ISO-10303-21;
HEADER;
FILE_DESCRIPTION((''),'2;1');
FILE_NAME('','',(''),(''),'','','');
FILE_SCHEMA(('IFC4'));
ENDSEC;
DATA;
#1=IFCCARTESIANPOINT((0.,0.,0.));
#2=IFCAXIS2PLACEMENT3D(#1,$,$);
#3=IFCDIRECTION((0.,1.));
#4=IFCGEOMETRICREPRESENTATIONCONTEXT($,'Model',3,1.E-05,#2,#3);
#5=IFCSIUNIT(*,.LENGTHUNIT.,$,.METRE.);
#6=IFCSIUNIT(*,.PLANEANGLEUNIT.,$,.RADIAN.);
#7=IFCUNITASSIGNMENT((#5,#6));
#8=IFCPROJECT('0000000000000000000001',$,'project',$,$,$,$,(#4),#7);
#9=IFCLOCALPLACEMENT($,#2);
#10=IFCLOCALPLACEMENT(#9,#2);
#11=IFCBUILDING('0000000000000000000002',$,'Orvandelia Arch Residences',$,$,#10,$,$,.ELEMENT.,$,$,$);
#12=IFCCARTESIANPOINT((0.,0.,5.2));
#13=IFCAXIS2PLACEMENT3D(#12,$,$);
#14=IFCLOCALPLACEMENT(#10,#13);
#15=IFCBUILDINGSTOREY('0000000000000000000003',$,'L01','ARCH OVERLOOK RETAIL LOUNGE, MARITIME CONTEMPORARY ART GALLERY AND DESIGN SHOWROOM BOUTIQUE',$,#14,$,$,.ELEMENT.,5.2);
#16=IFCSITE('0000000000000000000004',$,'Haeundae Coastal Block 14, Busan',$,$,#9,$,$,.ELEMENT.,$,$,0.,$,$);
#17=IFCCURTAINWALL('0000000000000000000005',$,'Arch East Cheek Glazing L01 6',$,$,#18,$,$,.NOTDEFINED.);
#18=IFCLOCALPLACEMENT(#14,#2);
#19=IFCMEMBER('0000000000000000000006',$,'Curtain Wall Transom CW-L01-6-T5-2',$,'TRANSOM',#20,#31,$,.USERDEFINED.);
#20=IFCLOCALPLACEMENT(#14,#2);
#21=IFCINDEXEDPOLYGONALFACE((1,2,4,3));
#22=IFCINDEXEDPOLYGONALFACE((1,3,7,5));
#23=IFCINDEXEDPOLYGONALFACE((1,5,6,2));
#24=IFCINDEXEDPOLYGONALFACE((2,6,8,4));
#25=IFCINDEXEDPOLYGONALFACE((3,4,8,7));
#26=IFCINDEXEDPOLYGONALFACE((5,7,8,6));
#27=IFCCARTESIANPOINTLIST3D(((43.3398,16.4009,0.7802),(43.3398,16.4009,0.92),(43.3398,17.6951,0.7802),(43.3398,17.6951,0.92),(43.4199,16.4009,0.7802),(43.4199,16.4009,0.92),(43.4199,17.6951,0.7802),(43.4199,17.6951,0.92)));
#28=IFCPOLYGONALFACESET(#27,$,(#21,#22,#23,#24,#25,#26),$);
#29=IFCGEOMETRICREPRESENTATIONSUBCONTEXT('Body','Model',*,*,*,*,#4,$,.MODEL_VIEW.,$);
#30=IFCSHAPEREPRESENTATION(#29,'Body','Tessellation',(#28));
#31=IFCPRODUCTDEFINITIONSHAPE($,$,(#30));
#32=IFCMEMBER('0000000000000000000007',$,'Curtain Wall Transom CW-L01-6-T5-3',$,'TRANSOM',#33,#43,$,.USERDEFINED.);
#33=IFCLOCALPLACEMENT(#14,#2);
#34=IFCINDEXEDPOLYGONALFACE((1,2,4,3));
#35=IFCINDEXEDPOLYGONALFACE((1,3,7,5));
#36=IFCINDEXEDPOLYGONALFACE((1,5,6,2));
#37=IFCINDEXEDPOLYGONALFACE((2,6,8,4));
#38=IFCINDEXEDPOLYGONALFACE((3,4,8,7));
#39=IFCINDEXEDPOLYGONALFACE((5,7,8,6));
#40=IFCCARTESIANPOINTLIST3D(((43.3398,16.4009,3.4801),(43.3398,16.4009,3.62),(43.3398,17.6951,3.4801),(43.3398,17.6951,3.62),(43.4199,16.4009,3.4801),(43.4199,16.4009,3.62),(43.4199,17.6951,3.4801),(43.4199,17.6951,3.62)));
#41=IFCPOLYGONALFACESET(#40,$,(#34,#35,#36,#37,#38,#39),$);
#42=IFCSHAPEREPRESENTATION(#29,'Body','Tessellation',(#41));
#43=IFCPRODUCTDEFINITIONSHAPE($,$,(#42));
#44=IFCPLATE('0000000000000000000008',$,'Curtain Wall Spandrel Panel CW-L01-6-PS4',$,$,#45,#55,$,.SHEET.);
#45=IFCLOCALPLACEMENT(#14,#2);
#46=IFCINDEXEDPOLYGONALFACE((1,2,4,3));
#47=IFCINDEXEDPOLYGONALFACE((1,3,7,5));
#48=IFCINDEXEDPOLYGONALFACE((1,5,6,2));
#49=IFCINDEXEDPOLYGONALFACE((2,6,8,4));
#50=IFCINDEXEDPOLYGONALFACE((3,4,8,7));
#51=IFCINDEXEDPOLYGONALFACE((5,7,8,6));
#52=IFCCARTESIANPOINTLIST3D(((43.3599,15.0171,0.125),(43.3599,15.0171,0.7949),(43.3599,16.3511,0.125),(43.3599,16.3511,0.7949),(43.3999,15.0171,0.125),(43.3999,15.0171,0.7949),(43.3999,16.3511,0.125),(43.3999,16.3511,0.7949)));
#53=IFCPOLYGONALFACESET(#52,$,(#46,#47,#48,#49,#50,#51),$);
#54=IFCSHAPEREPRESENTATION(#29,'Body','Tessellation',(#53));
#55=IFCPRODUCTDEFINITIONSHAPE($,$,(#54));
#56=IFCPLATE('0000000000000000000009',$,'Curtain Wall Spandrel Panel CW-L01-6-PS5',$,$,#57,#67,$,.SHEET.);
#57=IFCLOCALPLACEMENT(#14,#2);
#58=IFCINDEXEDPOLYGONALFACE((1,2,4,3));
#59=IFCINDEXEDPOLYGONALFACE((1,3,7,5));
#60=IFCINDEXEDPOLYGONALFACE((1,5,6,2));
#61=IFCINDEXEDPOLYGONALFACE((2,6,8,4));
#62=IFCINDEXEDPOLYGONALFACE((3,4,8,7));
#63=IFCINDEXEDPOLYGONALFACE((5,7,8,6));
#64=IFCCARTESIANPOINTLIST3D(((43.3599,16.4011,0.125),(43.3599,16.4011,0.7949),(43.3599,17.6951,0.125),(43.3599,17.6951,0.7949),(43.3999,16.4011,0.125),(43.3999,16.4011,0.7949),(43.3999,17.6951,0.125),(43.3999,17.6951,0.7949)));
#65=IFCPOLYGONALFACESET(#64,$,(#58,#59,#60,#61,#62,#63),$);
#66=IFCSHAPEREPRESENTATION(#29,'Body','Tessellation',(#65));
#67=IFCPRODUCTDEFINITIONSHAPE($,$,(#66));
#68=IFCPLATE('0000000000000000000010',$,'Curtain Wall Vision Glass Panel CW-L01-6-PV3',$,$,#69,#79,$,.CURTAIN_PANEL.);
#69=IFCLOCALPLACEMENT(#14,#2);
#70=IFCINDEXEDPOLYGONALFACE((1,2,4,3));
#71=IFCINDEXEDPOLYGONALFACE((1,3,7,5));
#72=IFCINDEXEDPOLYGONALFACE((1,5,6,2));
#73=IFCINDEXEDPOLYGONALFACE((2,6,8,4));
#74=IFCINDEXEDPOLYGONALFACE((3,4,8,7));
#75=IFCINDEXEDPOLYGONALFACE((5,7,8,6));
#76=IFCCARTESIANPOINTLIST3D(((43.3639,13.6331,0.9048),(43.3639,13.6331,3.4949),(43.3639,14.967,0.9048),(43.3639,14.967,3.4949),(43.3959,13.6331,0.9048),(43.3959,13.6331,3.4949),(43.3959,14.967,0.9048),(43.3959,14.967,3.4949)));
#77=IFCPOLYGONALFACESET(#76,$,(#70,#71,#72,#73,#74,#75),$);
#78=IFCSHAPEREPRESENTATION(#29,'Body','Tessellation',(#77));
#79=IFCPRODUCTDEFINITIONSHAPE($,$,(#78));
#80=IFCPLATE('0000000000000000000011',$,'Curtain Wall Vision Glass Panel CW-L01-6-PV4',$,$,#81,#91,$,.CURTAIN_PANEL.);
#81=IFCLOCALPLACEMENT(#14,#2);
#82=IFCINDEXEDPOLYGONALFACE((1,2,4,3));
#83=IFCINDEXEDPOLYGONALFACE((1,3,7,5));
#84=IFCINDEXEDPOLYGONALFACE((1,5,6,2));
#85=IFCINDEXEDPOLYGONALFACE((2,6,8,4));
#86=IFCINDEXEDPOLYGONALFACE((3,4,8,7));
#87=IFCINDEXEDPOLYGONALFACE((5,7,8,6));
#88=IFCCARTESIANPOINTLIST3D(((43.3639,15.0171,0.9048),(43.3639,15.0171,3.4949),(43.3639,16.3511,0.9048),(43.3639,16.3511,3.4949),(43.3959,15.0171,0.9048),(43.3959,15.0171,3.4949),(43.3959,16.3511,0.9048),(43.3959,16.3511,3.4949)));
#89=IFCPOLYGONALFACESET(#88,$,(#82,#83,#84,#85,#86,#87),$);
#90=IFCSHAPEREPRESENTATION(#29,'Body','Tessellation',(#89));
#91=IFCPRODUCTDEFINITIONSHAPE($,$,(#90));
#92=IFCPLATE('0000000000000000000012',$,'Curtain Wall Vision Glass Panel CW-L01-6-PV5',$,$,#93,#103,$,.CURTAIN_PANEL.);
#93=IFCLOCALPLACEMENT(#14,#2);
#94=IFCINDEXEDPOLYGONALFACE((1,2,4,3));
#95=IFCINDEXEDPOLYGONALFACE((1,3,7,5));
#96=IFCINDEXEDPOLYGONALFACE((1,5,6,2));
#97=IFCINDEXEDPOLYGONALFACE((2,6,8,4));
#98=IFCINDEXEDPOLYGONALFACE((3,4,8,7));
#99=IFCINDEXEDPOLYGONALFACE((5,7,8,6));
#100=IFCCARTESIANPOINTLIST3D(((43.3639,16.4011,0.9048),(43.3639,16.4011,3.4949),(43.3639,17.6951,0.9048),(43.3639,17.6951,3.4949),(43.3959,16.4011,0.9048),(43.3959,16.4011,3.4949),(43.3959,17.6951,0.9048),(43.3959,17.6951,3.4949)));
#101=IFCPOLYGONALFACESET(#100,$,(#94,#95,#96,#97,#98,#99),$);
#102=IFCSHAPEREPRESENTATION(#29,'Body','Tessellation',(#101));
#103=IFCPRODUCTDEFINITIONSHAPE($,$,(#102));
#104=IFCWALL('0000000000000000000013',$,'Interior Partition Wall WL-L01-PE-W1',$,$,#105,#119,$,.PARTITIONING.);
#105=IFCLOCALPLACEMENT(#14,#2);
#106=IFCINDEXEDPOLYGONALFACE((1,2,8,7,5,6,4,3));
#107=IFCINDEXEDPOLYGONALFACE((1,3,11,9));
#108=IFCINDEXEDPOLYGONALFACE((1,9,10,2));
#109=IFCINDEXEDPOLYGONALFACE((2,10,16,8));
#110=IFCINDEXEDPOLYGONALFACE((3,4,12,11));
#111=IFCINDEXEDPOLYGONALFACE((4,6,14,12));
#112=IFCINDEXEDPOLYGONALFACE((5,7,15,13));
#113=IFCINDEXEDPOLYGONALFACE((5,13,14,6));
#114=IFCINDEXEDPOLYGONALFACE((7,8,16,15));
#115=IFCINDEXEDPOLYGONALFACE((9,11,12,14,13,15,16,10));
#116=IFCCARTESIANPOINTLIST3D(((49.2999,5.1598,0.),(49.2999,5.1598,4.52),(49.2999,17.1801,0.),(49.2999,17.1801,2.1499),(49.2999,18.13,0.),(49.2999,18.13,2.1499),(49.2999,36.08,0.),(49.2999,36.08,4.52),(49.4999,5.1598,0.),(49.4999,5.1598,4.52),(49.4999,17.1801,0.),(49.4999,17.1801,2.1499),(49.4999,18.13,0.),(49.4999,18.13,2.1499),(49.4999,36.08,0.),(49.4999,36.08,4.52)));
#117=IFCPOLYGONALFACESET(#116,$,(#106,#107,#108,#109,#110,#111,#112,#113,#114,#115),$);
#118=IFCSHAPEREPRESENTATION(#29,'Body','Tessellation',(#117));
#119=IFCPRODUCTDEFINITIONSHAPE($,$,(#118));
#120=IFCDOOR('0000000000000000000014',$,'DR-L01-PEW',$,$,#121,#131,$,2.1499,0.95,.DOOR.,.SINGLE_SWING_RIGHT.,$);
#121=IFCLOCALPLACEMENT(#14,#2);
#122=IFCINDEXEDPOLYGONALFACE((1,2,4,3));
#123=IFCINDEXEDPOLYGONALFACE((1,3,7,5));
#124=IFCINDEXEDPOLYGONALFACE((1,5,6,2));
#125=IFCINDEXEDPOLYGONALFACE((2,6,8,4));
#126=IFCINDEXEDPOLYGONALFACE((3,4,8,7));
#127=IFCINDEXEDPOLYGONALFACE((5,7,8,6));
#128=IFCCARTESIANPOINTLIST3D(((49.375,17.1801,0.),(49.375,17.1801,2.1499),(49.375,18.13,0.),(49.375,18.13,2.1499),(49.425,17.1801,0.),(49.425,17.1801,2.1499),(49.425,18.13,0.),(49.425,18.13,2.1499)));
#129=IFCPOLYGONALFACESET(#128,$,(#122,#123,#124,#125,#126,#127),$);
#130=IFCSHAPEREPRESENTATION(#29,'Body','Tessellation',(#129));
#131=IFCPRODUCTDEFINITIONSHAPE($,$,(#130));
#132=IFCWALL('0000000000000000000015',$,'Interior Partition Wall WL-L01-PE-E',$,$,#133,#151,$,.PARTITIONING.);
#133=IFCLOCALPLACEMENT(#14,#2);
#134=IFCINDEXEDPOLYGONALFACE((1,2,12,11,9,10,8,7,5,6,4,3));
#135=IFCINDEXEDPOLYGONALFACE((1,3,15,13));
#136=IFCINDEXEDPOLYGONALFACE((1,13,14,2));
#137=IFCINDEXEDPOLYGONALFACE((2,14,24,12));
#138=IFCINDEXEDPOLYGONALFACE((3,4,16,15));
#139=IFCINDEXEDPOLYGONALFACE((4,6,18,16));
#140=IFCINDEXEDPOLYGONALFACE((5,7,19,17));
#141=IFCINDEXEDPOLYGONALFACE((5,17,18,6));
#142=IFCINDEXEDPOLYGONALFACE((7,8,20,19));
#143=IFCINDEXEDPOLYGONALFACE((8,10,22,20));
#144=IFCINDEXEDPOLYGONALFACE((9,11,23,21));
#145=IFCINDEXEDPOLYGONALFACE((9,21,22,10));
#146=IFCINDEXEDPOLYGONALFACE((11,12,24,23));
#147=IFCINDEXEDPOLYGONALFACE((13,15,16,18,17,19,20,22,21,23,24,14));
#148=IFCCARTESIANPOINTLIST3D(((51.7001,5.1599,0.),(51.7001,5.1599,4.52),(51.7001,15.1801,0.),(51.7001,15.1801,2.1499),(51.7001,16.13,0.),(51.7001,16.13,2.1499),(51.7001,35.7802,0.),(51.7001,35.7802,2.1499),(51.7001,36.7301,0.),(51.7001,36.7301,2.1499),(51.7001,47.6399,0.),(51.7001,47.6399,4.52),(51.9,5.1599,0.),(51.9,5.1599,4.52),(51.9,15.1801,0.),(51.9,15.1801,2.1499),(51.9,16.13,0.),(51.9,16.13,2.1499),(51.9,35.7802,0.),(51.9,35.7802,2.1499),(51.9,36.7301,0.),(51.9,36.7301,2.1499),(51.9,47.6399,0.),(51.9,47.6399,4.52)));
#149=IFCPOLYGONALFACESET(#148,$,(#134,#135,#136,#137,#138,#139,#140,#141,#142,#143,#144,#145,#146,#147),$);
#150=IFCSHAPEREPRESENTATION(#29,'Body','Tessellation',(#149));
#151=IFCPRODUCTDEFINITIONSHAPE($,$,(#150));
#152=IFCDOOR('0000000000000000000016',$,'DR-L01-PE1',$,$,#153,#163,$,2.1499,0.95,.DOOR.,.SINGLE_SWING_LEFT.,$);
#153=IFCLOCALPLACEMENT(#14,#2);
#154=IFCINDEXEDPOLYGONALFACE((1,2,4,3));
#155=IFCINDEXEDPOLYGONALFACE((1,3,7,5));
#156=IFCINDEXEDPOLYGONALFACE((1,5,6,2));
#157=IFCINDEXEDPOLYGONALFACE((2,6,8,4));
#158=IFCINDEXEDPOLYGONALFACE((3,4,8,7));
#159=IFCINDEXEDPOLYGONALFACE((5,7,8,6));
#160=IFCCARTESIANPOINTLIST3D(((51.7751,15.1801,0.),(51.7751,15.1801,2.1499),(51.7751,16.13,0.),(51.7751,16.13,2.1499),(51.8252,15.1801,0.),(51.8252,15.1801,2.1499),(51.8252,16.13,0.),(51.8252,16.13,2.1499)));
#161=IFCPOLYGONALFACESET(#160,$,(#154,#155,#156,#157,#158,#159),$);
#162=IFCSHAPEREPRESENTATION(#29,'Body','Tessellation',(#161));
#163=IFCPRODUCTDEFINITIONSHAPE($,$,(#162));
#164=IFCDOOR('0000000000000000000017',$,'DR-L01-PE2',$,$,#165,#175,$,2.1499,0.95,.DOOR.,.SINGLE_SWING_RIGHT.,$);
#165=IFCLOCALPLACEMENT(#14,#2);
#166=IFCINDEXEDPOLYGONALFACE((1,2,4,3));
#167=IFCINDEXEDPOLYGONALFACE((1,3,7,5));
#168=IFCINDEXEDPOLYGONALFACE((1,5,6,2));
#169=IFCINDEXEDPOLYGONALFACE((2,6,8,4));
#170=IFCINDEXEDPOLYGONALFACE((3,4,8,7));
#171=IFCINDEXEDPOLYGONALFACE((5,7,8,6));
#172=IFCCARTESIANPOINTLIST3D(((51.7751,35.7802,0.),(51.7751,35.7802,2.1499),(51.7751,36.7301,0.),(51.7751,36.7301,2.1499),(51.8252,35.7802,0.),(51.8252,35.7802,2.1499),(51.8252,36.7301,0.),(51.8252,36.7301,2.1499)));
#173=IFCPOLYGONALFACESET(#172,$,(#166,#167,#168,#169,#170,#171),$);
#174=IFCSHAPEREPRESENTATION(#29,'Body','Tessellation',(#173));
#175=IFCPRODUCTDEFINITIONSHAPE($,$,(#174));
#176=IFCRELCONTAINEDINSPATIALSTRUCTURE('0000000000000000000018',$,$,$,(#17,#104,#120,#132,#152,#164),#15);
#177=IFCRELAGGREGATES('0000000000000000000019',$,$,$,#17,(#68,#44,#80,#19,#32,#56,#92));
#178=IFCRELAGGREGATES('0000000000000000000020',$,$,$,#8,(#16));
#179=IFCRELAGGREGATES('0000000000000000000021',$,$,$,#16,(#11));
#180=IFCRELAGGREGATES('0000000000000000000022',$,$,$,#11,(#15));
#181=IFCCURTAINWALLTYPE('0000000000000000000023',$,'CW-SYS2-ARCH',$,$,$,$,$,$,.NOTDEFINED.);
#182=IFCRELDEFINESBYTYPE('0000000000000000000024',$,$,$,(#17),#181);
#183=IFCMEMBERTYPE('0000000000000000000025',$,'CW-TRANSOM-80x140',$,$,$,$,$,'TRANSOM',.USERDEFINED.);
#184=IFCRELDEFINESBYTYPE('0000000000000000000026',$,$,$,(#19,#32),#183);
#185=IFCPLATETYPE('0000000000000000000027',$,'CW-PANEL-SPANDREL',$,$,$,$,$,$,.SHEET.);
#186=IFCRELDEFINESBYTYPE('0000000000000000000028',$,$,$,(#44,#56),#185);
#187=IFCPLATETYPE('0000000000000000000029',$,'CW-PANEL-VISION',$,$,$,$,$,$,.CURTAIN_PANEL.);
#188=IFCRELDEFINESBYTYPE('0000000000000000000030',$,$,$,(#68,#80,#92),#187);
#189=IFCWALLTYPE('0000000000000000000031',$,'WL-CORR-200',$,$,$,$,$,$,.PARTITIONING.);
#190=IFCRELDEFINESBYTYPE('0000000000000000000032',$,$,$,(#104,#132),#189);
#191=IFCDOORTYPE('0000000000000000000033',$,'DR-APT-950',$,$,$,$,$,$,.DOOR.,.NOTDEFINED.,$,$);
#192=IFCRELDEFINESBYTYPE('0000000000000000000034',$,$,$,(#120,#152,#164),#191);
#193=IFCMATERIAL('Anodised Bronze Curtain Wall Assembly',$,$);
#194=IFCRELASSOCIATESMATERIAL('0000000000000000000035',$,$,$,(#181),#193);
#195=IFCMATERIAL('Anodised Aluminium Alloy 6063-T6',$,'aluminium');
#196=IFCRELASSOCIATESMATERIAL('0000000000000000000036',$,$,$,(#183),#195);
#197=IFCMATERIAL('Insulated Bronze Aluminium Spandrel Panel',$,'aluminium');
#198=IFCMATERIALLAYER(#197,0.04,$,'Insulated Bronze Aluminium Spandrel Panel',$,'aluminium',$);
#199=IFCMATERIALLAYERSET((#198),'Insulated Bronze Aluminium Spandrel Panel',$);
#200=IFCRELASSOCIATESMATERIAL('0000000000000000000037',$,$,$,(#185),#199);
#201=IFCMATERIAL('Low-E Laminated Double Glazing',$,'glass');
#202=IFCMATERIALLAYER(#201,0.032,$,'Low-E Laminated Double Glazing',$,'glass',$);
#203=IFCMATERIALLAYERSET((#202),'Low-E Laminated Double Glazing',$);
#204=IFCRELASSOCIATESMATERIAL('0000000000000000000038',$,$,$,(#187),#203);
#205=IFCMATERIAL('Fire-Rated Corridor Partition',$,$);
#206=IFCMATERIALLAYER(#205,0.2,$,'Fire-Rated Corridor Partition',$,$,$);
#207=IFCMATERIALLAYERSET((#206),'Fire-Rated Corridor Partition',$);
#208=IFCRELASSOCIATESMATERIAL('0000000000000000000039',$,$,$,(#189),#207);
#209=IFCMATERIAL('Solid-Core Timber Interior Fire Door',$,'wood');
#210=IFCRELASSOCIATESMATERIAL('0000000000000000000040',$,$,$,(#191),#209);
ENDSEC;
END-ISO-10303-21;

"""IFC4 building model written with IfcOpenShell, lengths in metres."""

from ifc_helpers import new_model, si_unit, direction, frame, frame_2d, origin, origin_2d, place, context, subcontext, project, spatial, rectangle, extrude, material, layer, layer_set, material_profile, profile_set, type_object, element, fill, aggregate, save


model = new_model("IFC4")

# Units and contexts
model_context = context("Model", 3, precision=1e-05, world=origin(), true_north=direction((0.0, 1.0)))
body_context = subcontext(model_context, "Body", "Model", "MODEL_VIEW")
ifc_project = project(units=[si_unit("LENGTHUNIT", "METRE"), si_unit("PLANEANGLEUNIT", "RADIAN")], contexts=[model_context])

# Site, building, storey
site_placement = place(None, origin())
site = spatial("IfcSite", under=ifc_project, at=site_placement, Name="Haeundae Coastal Block 14, Busan", CompositionType="ELEMENT", RefElevation=0.0)
building_placement = place(site_placement, origin())
building = spatial("IfcBuilding", under=site, at=building_placement, Name="Orvandelia Arch Residences", CompositionType="ELEMENT")
storey_placement = place(building_placement, frame((0.0, 0.0, 5.2)))
storey = spatial("IfcBuildingStorey", under=building, at=storey_placement, Name="L01", Description="ARCH OVERLOOK RETAIL LOUNGE, MARITIME CONTEMPORARY ART GALLERY AND DESIGN SHOWROOM BOUTIQUE", CompositionType="ELEMENT", Elevation=5.2)

# Curtain wall, members, plates
ifc_material_1 = material(Name="Anodised Bronze Curtain Wall Assembly")
curtain_wall_type = type_object("IfcCurtainWallType", Name="CW-SYS2-ARCH", PredefinedType="NOTDEFINED", material=ifc_material_1)
curtain_wall_placement = place(storey_placement, origin())
curtain_wall = element("IfcCurtainWall", 1, at=curtain_wall_placement, inside=storey, type_object=curtain_wall_type, Name="Arch East Cheek Glazing L01 6", PredefinedType="NOTDEFINED")
ifc_material_2 = material(Name="Anodised Aluminium Alloy 6063-T6", Category="aluminium")
ifc_material_profile_1 = material_profile(ifc_material_2, rectangle(XDim=0.0801, YDim=0.1399, at=origin_2d()), Name="Anodised Aluminium Alloy 6063-T6", Category="aluminium")
ifc_profile_set_1 = profile_set([ifc_material_profile_1], Name="Anodised Aluminium Alloy 6063-T6")
member_type_1 = type_object("IfcMemberType", Name="CW-TRANSOM-80x140", ElementType="TRANSOM", PredefinedType="USERDEFINED", material=ifc_profile_set_1)
member_1_placement = place(storey_placement, frame((43.3799, 16.4009, 0.8501), z_axis=(0.0, 1.0, 0.0), x_axis=(-1.0, 0.0, 0.0)))
member_1 = element("IfcMember", 2, at=member_1_placement, type_object=member_type_1, Name="Curtain Wall Transom CW-L01-6-T5-2", ObjectType="TRANSOM", PredefinedType="USERDEFINED", context=body_context, shape_type="SweptSolid", body=[
    extrude(rectangle(XDim=0.0801, YDim=0.1399, at=origin_2d()), origin(), (0.0, 0.0, 1.0), 1.2942),
])
member_2_placement = place(storey_placement, frame((43.3799, 16.4009, 3.55), z_axis=(0.0, 1.0, 0.0), x_axis=(-1.0, 0.0, 0.0)))
member_2 = element("IfcMember", 3, at=member_2_placement, type_object=member_type_1, Name="Curtain Wall Transom CW-L01-6-T5-3", ObjectType="TRANSOM", PredefinedType="USERDEFINED", context=body_context, shape_type="SweptSolid", body=[
    extrude(rectangle(XDim=0.0801, YDim=0.1399, at=origin_2d()), origin(), (0.0, 0.0, 1.0), 1.2942),
])
ifc_material_3 = material(Name="Insulated Bronze Aluminium Spandrel Panel", Category="aluminium")
ifc_layer_1 = layer(ifc_material_3, 0.04, Name="Insulated Bronze Aluminium Spandrel Panel", Category="aluminium")
ifc_layer_set_1 = layer_set([ifc_layer_1], Name="Insulated Bronze Aluminium Spandrel Panel")
plate_type_1 = type_object("IfcPlateType", Name="CW-PANEL-SPANDREL", PredefinedType="SHEET", material=ifc_layer_set_1)
plate_1_placement = place(storey_placement, frame((43.3799, 15.6841, 0.125), z_axis=(0.0, 0.0, 1.0), x_axis=(0.0, 1.0, 0.0)))
plate_1 = element("IfcPlate", 4, at=plate_1_placement, type_object=plate_type_1, Name="Curtain Wall Spandrel Panel CW-L01-6-PS4", PredefinedType="SHEET", context=body_context, shape_type="SweptSolid", body=[
    extrude(rectangle(XDim=1.334, YDim=0.04, at=origin_2d()), origin(), (0.0, 0.0, 1.0), 0.6699),
])
plate_2_placement = place(storey_placement, frame((43.3799, 17.0481, 0.125), z_axis=(0.0, 0.0, 1.0), x_axis=(0.0, 1.0, 0.0)))
plate_2 = element("IfcPlate", 5, at=plate_2_placement, type_object=plate_type_1, Name="Curtain Wall Spandrel Panel CW-L01-6-PS5", PredefinedType="SHEET", context=body_context, shape_type="SweptSolid", body=[
    extrude(rectangle(XDim=1.2939, YDim=0.04, at=origin_2d()), origin(), (0.0, 0.0, 1.0), 0.6699),
])
ifc_material_4 = material(Name="Low-E Laminated Double Glazing", Category="glass")
ifc_layer_2 = layer(ifc_material_4, 0.032, Name="Low-E Laminated Double Glazing", Category="glass")
ifc_layer_set_2 = layer_set([ifc_layer_2], Name="Low-E Laminated Double Glazing")
plate_type_2 = type_object("IfcPlateType", Name="CW-PANEL-VISION", PredefinedType="CURTAIN_PANEL", material=ifc_layer_set_2)
plate_3_placement = place(storey_placement, frame((43.3799, 14.3, 0.9048), z_axis=(0.0, 0.0, 1.0), x_axis=(0.0, 1.0, 0.0)))
plate_3 = element("IfcPlate", 6, at=plate_3_placement, type_object=plate_type_2, Name="Curtain Wall Vision Glass Panel CW-L01-6-PV3", PredefinedType="CURTAIN_PANEL", context=body_context, shape_type="SweptSolid", body=[
    extrude(rectangle(XDim=1.334, YDim=0.032, at=origin_2d()), origin(), (0.0, 0.0, 1.0), 2.5901),
])
plate_4_placement = place(storey_placement, frame((43.3799, 15.6841, 0.9048), z_axis=(0.0, 0.0, 1.0), x_axis=(0.0, 1.0, 0.0)))
plate_4 = element("IfcPlate", 7, at=plate_4_placement, type_object=plate_type_2, Name="Curtain Wall Vision Glass Panel CW-L01-6-PV4", PredefinedType="CURTAIN_PANEL", context=body_context, shape_type="SweptSolid", body=[
    extrude(rectangle(XDim=1.334, YDim=0.032, at=origin_2d()), origin(), (0.0, 0.0, 1.0), 2.5901),
])
plate_5_placement = place(storey_placement, frame((43.3799, 17.0481, 0.9048), z_axis=(0.0, 0.0, 1.0), x_axis=(0.0, 1.0, 0.0)))
plate_5 = element("IfcPlate", 8, at=plate_5_placement, type_object=plate_type_2, Name="Curtain Wall Vision Glass Panel CW-L01-6-PV5", PredefinedType="CURTAIN_PANEL", context=body_context, shape_type="SweptSolid", body=[
    extrude(rectangle(XDim=1.2939, YDim=0.032, at=origin_2d()), origin(), (0.0, 0.0, 1.0), 2.5901),
])
aggregate(curtain_wall, [plate_3, plate_1, plate_4, member_1, member_2, plate_2, plate_5])

# Wall, opening, door
ifc_material_5 = material(Name="Fire-Rated Corridor Partition")
ifc_layer_3 = layer(ifc_material_5, 0.2, Name="Fire-Rated Corridor Partition")
ifc_layer_set_3 = layer_set([ifc_layer_3], Name="Fire-Rated Corridor Partition")
wall_type_1 = type_object("IfcWallType", Name="WL-CORR-200", PredefinedType="PARTITIONING", material=ifc_layer_set_3)
wall_1_placement = place(storey_placement, frame((49.3999, 5.1599, 0.0), z_axis=(0.0, 0.0, 1.0), x_axis=(0.0, 1.0, 0.0)))
wall_1 = element("IfcWall", 9, at=wall_1_placement, inside=storey, type_object=wall_type_1, Name="Interior Partition Wall WL-L01-PE-W1", PredefinedType="PARTITIONING", context=body_context, shape_type="SweptSolid", body=[
    extrude(rectangle(XDim=30.9202, YDim=0.2, at=frame_2d((15.46, 0.0))), origin(), (0.0, 0.0, 1.0), 4.52),
])
opening_1_placement = place(wall_1_placement, frame((12.02, 0.0, 0.0)))
opening_1 = element("IfcOpeningElement", 10, at=opening_1_placement, cuts=wall_1, PredefinedType="OPENING", context=body_context, shape_type="SweptSolid", body=[
    extrude(rectangle(XDim=0.95, YDim=2.1499, at=frame_2d((0.4751, 1.075))), frame((0.0, 0.1099, 0.0), z_axis=(0.0, -1.0, 0.0), x_axis=(1.0, 0.0, 0.0)), (0.0, 0.0, 1.0), 0.22),
])
ifc_material_6 = material(Name="Solid-Core Timber Interior Fire Door", Category="wood")
door_type = type_object("IfcDoorType", Name="DR-APT-950", OperationType="NOTDEFINED", PredefinedType="DOOR", material=ifc_material_6)
door_1_placement = place(opening_1_placement, origin())
door_1 = element("IfcDoor", 11, at=door_1_placement, inside=storey, type_object=door_type, Name="DR-L01-PEW", OperationType="SINGLE_SWING_RIGHT", OverallHeight=2.1499, OverallWidth=0.95, PredefinedType="DOOR", context=body_context, shape_type="SweptSolid", body=[
    extrude(rectangle(XDim=0.95, YDim=2.1499, at=frame_2d((0.4751, 1.075))), frame((0.0, 0.0249, 0.0), z_axis=(0.0, -1.0, 0.0), x_axis=(1.0, 0.0, 0.0)), (0.0, 0.0, 1.0), 0.05),
])
fill(opening_1, door_1)

# Wall, openings, doors
wall_2_placement = place(storey_placement, frame((51.8, 5.1599, 0.0), z_axis=(0.0, 0.0, 1.0), x_axis=(0.0, 1.0, 0.0)))
wall_2 = element("IfcWall", 12, at=wall_2_placement, inside=storey, type_object=wall_type_1, Name="Interior Partition Wall WL-L01-PE-E", PredefinedType="PARTITIONING", context=body_context, shape_type="SweptSolid", body=[
    extrude(rectangle(XDim=42.48, YDim=0.2, at=frame_2d((21.24, 0.0))), origin(), (0.0, 0.0, 1.0), 4.52),
])
opening_2_placement = place(wall_2_placement, frame((10.02, 0.0, 0.0)))
opening_2 = element("IfcOpeningElement", 13, at=opening_2_placement, cuts=wall_2, PredefinedType="OPENING", context=body_context, shape_type="SweptSolid", body=[
    extrude(rectangle(XDim=0.95, YDim=2.1499, at=frame_2d((0.4751, 1.075))), frame((0.0, 0.1099, 0.0), z_axis=(0.0, -1.0, 0.0), x_axis=(1.0, 0.0, 0.0)), (0.0, 0.0, 1.0), 0.22),
])
opening_3_placement = place(wall_2_placement, frame((30.6201, 0.0, 0.0)))
opening_3 = element("IfcOpeningElement", 14, at=opening_3_placement, cuts=wall_2, PredefinedType="OPENING", context=body_context, shape_type="SweptSolid", body=[
    extrude(rectangle(XDim=0.95, YDim=2.1499, at=frame_2d((0.4751, 1.075))), frame((0.0, 0.1099, 0.0), z_axis=(0.0, -1.0, 0.0), x_axis=(1.0, 0.0, 0.0)), (0.0, 0.0, 1.0), 0.22),
])
door_2_placement = place(opening_2_placement, origin())
door_2 = element("IfcDoor", 15, at=door_2_placement, inside=storey, type_object=door_type, Name="DR-L01-PE1", OperationType="SINGLE_SWING_LEFT", OverallHeight=2.1499, OverallWidth=0.95, PredefinedType="DOOR", context=body_context, shape_type="SweptSolid", body=[
    extrude(rectangle(XDim=0.95, YDim=2.1499, at=frame_2d((0.4751, 1.075))), frame((0.0, 0.0249, 0.0), z_axis=(0.0, -1.0, 0.0), x_axis=(1.0, 0.0, 0.0)), (0.0, 0.0, 1.0), 0.05),
])
fill(opening_2, door_2)
door_3_placement = place(opening_3_placement, origin())
door_3 = element("IfcDoor", 16, at=door_3_placement, inside=storey, type_object=door_type, Name="DR-L01-PE2", OperationType="SINGLE_SWING_RIGHT", OverallHeight=2.1499, OverallWidth=0.95, PredefinedType="DOOR", context=body_context, shape_type="SweptSolid", body=[
    extrude(rectangle(XDim=0.95, YDim=2.1499, at=frame_2d((0.4751, 1.075))), frame((0.0, 0.0249, 0.0), z_axis=(0.0, -1.0, 0.0), x_axis=(1.0, 0.0, 0.0)), (0.0, 0.0, 1.0), 0.05),
])
fill(opening_3, door_3)

save(model, "model.ifc")
